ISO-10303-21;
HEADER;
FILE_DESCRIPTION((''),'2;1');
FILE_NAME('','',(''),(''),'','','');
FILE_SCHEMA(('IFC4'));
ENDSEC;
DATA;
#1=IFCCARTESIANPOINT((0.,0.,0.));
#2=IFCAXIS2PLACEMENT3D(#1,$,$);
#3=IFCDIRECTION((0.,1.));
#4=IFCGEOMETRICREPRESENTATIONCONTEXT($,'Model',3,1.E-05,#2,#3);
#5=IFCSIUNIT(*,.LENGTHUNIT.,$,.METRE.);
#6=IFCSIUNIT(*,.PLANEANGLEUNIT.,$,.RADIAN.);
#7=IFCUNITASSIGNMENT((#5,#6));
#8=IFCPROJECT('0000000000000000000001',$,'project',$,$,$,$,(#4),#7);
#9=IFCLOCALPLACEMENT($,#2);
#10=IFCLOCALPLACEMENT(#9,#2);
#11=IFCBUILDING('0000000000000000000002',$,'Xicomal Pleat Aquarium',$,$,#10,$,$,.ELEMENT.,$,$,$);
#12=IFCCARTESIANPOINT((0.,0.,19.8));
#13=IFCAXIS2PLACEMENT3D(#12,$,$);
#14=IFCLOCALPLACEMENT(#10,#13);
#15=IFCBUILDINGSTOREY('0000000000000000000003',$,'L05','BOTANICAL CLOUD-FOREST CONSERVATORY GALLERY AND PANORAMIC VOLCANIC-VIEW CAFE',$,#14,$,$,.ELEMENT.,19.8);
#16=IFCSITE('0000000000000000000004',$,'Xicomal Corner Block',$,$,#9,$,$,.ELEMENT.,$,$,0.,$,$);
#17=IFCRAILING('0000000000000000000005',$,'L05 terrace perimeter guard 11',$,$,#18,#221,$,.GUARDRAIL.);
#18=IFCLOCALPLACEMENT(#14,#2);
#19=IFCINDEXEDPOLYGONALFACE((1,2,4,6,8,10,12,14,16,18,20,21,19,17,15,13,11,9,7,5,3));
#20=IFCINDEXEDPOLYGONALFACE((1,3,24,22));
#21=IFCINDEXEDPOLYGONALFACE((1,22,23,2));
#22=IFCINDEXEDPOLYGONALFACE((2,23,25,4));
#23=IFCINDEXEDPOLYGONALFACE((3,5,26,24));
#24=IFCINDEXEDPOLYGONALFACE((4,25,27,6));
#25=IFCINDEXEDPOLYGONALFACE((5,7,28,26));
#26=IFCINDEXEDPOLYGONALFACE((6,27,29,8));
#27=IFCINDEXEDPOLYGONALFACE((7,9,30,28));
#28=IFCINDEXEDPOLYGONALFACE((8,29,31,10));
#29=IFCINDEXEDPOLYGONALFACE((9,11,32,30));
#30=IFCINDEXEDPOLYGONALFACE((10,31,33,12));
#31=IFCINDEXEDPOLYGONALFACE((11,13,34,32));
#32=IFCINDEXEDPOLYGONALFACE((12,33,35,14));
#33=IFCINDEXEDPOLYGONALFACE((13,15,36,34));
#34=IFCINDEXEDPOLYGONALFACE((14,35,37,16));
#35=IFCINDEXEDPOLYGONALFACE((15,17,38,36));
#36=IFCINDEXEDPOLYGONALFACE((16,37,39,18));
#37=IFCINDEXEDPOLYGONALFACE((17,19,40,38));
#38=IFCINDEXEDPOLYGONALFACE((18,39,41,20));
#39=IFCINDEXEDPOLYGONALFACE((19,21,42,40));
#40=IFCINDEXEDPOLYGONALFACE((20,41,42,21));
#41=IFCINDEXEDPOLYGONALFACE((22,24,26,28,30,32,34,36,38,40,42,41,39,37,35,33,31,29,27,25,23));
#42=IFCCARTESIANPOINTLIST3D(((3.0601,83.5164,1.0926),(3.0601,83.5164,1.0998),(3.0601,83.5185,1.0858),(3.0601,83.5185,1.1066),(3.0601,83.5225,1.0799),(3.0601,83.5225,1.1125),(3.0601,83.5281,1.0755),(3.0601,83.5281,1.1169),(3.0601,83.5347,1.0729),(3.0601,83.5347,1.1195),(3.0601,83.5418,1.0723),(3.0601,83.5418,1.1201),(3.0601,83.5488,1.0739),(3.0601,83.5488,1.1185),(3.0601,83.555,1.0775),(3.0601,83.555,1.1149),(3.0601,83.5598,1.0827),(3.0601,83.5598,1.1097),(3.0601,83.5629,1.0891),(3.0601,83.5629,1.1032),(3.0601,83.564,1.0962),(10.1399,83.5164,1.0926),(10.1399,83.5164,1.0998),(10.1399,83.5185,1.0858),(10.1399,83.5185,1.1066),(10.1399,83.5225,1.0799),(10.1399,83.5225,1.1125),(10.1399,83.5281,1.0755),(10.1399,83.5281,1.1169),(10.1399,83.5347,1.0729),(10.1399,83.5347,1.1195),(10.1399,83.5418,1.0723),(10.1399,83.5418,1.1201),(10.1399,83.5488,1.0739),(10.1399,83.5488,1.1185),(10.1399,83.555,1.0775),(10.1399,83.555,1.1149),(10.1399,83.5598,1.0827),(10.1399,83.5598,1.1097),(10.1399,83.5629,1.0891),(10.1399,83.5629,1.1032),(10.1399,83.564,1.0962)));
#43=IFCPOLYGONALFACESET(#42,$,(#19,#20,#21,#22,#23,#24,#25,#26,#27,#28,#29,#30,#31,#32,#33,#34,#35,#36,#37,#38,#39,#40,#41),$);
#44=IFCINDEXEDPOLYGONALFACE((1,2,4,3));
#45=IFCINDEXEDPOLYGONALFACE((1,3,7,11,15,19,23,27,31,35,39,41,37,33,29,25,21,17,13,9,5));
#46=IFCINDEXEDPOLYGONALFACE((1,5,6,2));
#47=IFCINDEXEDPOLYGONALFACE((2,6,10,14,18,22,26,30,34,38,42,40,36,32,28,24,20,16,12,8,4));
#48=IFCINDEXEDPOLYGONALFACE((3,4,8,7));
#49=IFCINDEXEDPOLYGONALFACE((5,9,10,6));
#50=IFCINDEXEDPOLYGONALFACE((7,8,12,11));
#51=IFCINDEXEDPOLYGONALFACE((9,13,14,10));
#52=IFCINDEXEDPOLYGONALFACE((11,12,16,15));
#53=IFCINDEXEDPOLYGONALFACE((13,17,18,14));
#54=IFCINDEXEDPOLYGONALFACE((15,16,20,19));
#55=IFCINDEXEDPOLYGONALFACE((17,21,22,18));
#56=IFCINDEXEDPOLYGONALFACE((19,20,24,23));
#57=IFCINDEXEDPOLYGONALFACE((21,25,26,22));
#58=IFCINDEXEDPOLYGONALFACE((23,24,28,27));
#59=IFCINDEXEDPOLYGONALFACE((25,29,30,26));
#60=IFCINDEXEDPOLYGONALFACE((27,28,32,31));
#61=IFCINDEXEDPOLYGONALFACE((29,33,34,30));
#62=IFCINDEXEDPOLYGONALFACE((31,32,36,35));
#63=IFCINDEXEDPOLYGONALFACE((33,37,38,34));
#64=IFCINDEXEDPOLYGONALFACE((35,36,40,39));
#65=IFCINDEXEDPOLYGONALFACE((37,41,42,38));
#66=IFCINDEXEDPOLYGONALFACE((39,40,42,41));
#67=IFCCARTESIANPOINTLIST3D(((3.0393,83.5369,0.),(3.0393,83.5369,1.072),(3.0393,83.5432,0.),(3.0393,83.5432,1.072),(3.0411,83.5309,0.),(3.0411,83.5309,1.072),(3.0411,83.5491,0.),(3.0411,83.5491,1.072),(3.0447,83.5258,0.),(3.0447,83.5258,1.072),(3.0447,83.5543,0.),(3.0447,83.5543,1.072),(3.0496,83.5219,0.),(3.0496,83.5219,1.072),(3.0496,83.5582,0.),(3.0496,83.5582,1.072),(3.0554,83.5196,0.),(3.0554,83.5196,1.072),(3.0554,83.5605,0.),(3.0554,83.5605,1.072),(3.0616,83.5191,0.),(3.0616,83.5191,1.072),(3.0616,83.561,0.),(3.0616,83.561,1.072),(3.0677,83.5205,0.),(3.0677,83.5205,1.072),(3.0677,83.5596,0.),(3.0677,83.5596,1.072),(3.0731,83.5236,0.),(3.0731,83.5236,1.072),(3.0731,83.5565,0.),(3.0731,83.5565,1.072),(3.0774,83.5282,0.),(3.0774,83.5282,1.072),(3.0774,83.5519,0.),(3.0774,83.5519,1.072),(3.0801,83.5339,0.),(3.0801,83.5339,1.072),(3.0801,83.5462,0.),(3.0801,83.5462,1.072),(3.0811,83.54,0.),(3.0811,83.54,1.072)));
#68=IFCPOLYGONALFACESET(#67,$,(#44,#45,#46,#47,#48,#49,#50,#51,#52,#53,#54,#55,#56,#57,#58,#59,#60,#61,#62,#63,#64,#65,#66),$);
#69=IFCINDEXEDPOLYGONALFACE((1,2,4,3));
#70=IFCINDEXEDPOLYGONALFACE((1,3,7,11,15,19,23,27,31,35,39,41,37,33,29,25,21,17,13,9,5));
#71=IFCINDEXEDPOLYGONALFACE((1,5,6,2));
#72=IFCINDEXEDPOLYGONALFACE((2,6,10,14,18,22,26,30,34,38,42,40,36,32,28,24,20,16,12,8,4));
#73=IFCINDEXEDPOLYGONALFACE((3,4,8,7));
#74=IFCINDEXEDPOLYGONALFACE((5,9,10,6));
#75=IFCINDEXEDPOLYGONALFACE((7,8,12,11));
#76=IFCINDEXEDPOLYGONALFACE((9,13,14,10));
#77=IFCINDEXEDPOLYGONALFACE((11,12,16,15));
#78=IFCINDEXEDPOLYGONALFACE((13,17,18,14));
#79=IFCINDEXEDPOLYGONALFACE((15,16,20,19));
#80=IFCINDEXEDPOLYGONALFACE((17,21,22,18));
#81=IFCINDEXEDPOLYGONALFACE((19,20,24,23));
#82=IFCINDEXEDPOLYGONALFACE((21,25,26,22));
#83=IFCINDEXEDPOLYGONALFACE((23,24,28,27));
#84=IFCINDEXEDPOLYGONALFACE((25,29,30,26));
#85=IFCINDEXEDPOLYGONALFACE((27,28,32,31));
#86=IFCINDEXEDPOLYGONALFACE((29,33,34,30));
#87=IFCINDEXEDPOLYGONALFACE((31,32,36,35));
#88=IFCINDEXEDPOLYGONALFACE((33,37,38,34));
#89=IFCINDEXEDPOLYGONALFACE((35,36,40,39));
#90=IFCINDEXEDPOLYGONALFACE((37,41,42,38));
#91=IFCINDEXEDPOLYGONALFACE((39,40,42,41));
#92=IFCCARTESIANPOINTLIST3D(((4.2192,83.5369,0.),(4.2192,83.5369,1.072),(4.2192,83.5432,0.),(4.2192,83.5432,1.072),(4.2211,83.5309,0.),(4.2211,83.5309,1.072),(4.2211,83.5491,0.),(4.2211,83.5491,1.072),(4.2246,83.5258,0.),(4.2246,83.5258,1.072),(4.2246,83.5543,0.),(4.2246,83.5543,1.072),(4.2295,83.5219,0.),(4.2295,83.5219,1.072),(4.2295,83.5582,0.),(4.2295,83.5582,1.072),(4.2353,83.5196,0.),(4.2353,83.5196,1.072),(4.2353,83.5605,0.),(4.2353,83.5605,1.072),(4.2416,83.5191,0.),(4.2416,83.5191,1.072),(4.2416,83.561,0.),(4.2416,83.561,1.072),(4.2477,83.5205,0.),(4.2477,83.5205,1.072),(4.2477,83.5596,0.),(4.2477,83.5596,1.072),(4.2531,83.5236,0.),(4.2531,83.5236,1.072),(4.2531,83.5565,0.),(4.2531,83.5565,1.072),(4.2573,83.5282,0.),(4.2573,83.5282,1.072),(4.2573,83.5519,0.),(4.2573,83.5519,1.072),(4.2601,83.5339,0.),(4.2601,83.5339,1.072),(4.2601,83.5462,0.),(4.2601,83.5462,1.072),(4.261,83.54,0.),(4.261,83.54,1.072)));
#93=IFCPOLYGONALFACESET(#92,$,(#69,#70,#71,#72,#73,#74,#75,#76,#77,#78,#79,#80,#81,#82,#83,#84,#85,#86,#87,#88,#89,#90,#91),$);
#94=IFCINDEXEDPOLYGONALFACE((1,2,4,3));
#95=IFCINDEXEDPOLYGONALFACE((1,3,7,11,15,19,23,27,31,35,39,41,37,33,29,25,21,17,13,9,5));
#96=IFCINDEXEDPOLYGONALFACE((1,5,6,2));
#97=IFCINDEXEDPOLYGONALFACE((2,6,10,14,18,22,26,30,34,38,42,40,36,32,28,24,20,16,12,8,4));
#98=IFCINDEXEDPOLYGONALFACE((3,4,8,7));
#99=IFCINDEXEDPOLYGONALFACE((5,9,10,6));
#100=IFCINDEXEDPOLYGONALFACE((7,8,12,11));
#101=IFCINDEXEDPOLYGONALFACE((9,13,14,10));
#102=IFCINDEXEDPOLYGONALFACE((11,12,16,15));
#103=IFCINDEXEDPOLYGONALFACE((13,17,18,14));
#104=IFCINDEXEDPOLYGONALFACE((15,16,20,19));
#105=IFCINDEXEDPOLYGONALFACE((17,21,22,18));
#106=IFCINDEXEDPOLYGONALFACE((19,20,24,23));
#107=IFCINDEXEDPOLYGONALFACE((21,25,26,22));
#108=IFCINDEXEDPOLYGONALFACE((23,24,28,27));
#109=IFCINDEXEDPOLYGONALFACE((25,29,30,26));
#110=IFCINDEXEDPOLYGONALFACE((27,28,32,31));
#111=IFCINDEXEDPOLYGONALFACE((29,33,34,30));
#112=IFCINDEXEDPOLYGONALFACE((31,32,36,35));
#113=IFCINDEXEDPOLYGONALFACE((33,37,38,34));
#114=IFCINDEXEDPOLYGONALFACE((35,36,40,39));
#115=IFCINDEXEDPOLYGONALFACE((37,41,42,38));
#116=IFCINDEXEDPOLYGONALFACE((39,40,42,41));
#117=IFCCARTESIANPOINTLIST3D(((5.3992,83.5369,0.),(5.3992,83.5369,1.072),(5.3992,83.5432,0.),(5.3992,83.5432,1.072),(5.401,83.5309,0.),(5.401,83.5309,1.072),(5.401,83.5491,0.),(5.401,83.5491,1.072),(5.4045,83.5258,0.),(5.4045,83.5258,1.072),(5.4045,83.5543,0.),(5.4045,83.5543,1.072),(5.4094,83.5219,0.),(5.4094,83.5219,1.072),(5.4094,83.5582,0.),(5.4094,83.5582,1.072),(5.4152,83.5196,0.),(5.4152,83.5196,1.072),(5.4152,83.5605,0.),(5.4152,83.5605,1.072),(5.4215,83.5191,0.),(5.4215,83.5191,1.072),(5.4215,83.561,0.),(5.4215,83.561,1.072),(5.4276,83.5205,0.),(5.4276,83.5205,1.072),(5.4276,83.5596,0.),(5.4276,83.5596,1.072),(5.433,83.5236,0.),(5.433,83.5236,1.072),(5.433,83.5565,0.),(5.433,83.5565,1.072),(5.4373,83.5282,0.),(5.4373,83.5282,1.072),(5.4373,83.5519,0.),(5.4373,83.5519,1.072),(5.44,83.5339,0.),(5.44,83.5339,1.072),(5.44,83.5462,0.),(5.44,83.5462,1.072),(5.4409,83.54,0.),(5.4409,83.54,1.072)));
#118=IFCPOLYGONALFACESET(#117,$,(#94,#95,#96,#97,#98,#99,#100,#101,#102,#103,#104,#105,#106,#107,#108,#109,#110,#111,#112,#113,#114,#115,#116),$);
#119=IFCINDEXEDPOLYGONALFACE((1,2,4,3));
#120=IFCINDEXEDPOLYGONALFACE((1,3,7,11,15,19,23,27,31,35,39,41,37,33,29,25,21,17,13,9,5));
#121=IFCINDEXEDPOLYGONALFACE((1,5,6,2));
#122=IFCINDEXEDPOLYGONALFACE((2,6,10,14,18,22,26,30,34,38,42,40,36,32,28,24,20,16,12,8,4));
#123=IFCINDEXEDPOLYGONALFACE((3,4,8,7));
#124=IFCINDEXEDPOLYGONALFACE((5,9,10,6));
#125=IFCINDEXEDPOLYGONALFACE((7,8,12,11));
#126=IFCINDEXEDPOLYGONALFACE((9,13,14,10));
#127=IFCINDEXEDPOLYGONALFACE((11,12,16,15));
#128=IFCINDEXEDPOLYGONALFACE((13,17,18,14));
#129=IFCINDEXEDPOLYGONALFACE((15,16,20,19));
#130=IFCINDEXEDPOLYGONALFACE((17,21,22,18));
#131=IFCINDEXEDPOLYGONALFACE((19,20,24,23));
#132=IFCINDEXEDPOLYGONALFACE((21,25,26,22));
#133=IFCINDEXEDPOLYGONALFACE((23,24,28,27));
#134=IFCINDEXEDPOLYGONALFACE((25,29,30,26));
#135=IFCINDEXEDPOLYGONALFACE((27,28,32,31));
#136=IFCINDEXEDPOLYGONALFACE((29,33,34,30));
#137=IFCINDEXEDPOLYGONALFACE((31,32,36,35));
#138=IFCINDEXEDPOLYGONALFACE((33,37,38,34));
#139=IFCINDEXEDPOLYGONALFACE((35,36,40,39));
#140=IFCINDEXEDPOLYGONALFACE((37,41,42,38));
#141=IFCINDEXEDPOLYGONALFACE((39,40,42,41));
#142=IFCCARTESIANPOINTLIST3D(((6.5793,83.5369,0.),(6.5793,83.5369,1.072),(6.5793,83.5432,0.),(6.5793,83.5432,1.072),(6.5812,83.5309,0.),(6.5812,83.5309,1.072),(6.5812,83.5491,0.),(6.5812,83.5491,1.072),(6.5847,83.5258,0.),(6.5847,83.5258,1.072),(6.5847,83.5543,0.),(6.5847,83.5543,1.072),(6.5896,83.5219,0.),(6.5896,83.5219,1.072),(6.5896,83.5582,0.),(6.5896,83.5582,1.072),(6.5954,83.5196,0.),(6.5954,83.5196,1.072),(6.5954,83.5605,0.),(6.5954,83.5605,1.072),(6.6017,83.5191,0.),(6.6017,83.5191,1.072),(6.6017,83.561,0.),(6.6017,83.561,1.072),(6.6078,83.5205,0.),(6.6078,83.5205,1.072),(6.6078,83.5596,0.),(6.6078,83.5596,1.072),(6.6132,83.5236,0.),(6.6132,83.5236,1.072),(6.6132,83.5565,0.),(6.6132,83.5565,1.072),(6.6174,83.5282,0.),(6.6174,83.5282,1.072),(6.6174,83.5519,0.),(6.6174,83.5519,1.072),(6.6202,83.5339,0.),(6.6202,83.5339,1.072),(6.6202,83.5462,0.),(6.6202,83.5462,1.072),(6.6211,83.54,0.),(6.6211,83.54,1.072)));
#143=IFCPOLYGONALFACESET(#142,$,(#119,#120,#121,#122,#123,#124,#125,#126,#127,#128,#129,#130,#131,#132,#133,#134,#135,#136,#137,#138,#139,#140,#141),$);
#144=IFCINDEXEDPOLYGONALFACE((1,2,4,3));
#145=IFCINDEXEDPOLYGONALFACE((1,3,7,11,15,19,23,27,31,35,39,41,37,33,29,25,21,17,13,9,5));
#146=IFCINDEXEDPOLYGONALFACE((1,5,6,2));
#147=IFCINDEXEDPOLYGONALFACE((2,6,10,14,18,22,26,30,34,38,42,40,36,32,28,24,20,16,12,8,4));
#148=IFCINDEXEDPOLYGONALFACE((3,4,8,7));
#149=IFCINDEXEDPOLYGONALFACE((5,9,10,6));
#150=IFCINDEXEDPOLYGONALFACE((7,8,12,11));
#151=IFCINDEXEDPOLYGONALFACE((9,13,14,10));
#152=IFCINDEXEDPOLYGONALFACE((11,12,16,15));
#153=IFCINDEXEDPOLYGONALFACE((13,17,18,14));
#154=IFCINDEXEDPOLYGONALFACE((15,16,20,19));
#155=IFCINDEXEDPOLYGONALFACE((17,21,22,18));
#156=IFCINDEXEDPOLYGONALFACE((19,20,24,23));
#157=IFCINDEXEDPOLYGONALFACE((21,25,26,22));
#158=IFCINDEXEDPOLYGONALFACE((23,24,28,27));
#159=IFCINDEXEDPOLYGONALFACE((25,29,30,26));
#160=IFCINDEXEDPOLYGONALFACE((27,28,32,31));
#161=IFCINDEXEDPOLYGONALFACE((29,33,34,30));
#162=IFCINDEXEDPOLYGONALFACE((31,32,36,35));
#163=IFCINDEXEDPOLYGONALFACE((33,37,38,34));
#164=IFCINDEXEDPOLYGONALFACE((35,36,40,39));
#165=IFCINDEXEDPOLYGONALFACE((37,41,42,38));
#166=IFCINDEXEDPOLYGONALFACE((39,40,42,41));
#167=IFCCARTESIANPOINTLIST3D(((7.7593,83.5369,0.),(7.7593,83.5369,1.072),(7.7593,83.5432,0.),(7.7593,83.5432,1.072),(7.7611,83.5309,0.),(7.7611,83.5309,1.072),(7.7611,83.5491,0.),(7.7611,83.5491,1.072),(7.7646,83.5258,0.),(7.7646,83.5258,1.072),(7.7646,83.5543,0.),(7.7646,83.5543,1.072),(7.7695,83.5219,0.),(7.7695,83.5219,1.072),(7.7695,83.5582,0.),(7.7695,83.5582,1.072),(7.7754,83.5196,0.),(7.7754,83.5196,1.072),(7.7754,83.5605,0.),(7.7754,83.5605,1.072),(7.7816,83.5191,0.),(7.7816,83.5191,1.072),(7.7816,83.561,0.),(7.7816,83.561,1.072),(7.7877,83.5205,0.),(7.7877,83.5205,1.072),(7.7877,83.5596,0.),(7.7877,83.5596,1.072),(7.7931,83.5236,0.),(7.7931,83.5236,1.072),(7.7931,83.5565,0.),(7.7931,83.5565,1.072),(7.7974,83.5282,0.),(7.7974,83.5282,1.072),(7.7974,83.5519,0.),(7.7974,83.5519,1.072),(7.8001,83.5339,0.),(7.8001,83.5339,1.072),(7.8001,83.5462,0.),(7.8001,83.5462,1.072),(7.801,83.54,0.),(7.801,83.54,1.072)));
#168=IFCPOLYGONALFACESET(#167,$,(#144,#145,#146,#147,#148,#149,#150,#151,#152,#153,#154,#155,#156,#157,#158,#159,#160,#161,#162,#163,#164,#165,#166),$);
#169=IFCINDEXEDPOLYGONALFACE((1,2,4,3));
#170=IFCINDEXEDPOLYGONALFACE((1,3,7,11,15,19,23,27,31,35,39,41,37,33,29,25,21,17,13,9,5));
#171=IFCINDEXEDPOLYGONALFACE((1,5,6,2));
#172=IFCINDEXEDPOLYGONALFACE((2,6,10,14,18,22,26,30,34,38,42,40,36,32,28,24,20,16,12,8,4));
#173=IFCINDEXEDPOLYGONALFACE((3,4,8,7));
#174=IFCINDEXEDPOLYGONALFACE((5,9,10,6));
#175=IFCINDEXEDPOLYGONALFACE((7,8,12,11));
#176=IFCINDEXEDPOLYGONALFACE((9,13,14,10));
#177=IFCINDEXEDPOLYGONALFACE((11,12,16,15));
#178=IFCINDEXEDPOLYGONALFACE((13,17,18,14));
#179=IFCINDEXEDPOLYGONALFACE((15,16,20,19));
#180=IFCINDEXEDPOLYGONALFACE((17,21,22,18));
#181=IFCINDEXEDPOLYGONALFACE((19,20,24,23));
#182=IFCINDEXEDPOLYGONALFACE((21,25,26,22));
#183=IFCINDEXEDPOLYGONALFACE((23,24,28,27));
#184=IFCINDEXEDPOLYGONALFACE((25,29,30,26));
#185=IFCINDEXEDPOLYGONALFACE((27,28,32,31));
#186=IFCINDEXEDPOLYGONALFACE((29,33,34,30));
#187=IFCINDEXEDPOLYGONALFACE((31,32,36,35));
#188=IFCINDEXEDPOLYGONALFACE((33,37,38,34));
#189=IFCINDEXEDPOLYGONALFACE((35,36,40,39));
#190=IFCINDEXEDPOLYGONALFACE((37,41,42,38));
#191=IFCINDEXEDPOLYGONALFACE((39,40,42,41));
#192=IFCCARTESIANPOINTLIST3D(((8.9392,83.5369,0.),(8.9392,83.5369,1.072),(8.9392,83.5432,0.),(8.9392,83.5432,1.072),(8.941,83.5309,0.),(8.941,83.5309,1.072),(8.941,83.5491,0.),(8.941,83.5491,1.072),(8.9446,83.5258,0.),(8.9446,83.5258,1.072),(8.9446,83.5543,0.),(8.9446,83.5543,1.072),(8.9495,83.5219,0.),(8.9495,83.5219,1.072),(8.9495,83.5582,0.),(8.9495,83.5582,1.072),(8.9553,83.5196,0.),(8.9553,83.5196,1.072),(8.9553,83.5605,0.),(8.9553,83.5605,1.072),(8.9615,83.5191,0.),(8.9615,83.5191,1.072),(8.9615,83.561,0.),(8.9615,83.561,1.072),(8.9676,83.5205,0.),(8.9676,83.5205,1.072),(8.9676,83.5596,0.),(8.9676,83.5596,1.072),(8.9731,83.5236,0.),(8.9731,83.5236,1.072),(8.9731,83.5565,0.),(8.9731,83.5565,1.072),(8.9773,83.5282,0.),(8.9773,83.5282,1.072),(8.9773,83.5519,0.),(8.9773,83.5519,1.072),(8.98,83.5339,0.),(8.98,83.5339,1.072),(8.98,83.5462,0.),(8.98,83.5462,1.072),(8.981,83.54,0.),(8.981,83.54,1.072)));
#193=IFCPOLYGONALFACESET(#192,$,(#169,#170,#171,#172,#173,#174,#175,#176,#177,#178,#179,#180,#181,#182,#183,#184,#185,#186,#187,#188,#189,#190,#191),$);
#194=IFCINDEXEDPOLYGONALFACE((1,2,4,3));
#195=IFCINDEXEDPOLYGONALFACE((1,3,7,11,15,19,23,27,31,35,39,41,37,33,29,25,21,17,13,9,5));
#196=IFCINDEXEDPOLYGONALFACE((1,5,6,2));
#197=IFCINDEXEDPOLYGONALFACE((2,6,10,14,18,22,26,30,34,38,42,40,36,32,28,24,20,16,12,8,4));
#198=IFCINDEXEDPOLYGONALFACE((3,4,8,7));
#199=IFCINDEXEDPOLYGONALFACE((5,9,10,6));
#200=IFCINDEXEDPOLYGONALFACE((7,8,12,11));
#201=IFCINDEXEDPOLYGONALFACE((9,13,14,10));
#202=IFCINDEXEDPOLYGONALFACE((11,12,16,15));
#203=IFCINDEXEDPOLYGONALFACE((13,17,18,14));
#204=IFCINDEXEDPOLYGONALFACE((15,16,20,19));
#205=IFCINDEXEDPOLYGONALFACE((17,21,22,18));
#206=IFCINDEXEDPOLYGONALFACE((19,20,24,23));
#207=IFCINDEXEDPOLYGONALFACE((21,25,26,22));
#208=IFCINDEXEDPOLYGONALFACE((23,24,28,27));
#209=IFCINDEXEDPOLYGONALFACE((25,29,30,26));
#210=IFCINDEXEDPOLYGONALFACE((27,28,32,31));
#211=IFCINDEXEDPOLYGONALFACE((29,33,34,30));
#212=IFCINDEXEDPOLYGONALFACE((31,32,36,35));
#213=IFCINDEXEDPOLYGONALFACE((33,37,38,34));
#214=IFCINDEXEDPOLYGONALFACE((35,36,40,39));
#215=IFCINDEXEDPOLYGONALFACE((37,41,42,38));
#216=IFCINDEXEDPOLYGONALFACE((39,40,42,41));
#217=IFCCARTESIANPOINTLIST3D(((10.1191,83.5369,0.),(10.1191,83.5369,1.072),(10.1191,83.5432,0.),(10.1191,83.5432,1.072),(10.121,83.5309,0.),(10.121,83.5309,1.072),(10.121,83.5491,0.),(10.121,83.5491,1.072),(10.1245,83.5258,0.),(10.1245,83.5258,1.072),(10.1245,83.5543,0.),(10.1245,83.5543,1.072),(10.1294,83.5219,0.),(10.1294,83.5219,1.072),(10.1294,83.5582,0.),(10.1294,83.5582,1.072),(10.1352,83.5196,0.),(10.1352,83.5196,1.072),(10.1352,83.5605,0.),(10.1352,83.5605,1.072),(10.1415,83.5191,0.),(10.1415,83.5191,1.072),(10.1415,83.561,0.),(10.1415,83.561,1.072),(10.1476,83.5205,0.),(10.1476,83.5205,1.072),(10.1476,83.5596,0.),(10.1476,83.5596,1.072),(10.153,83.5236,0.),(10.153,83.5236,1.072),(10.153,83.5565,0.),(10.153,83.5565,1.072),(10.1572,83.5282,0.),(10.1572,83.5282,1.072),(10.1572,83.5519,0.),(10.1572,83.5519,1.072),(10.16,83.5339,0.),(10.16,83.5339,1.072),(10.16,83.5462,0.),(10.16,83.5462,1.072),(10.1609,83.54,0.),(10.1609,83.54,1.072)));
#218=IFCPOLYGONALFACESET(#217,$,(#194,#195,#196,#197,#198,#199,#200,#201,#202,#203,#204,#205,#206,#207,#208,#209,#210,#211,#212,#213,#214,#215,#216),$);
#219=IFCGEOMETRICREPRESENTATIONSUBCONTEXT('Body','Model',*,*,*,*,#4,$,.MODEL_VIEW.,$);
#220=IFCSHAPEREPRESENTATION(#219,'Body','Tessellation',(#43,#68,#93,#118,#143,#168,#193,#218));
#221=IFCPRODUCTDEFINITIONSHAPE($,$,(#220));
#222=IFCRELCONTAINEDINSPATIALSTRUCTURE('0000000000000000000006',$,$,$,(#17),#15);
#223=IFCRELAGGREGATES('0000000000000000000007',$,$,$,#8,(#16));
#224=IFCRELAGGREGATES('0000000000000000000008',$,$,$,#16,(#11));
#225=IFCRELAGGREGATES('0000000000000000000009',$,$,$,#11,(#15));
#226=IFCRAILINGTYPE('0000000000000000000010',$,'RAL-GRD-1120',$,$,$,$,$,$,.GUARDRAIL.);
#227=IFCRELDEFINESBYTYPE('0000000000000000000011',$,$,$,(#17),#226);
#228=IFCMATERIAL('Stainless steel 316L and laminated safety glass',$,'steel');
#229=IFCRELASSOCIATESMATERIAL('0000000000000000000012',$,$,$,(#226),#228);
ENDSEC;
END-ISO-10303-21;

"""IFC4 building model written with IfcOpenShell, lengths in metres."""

from ifc_helpers import new_model, si_unit, direction, frame, origin, origin_2d, place, context, subcontext, project, spatial, circle, extrude, material, type_object, element, save


model = new_model("IFC4")

# Units and contexts
model_context = context("Model", 3, precision=1e-05, world=origin(), true_north=direction((0.0, 1.0)))
body_context = subcontext(model_context, "Body", "Model", "MODEL_VIEW")
ifc_project = project(units=[si_unit("LENGTHUNIT", "METRE"), si_unit("PLANEANGLEUNIT", "RADIAN")], contexts=[model_context])

# Site, building, storey
site_placement = place(None, origin())
site = spatial("IfcSite", under=ifc_project, at=site_placement, Name="Xicomal Corner Block", CompositionType="ELEMENT", RefElevation=0.0)
building_placement = place(site_placement, origin())
building = spatial("IfcBuilding", under=site, at=building_placement, Name="Xicomal Pleat Aquarium", CompositionType="ELEMENT")
storey_placement = place(building_placement, frame((0.0, 0.0, 19.8)))
storey = spatial("IfcBuildingStorey", under=building, at=storey_placement, Name="L05", Description="BOTANICAL CLOUD-FOREST CONSERVATORY GALLERY AND PANORAMIC VOLCANIC-VIEW CAFE", CompositionType="ELEMENT", Elevation=19.8)

# Railing
ifc_material_1 = material(Name="Stainless steel 316L and laminated safety glass", Category="steel")
railing_type_1 = type_object("IfcRailingType", Name="RAL-GRD-1120", PredefinedType="GUARDRAIL", material=ifc_material_1)
railing_1_placement = place(storey_placement, frame((3.0601, 83.54, 0.0)))
element("IfcRailing", 1, at=railing_1_placement, inside=storey, type_object=railing_type_1, Name="L05 terrace perimeter guard 11", PredefinedType="GUARDRAIL", context=body_context, shape_type="SweptSolid", body=[
    extrude(circle(Radius=0.0239, at=origin_2d()), frame((0.0, 0.0, 1.0962), z_axis=(1.0, 0.0, 0.0), x_axis=(0.0, 1.0, 0.0)), (0.0, 0.0, 1.0), 7.0798),
    extrude(circle(Radius=0.021, at=origin_2d()), origin(), (0.0, 0.0, 1.0), 1.072),
    extrude(circle(Radius=0.021, at=origin_2d()), frame((1.1799, 0.0, 0.0)), (0.0, 0.0, 1.0), 1.072),
    extrude(circle(Radius=0.021, at=origin_2d()), frame((2.3599, 0.0, 0.0)), (0.0, 0.0, 1.0), 1.072),
    extrude(circle(Radius=0.021, at=origin_2d()), frame((3.54, 0.0, 0.0)), (0.0, 0.0, 1.0), 1.072),
    extrude(circle(Radius=0.021, at=origin_2d()), frame((4.72, 0.0, 0.0)), (0.0, 0.0, 1.0), 1.072),
    extrude(circle(Radius=0.021, at=origin_2d()), frame((5.8999, 0.0, 0.0)), (0.0, 0.0, 1.0), 1.072),
    extrude(circle(Radius=0.021, at=origin_2d()), frame((7.0798, 0.0, 0.0)), (0.0, 0.0, 1.0), 1.072),
])

save(model, "model.ifc")
